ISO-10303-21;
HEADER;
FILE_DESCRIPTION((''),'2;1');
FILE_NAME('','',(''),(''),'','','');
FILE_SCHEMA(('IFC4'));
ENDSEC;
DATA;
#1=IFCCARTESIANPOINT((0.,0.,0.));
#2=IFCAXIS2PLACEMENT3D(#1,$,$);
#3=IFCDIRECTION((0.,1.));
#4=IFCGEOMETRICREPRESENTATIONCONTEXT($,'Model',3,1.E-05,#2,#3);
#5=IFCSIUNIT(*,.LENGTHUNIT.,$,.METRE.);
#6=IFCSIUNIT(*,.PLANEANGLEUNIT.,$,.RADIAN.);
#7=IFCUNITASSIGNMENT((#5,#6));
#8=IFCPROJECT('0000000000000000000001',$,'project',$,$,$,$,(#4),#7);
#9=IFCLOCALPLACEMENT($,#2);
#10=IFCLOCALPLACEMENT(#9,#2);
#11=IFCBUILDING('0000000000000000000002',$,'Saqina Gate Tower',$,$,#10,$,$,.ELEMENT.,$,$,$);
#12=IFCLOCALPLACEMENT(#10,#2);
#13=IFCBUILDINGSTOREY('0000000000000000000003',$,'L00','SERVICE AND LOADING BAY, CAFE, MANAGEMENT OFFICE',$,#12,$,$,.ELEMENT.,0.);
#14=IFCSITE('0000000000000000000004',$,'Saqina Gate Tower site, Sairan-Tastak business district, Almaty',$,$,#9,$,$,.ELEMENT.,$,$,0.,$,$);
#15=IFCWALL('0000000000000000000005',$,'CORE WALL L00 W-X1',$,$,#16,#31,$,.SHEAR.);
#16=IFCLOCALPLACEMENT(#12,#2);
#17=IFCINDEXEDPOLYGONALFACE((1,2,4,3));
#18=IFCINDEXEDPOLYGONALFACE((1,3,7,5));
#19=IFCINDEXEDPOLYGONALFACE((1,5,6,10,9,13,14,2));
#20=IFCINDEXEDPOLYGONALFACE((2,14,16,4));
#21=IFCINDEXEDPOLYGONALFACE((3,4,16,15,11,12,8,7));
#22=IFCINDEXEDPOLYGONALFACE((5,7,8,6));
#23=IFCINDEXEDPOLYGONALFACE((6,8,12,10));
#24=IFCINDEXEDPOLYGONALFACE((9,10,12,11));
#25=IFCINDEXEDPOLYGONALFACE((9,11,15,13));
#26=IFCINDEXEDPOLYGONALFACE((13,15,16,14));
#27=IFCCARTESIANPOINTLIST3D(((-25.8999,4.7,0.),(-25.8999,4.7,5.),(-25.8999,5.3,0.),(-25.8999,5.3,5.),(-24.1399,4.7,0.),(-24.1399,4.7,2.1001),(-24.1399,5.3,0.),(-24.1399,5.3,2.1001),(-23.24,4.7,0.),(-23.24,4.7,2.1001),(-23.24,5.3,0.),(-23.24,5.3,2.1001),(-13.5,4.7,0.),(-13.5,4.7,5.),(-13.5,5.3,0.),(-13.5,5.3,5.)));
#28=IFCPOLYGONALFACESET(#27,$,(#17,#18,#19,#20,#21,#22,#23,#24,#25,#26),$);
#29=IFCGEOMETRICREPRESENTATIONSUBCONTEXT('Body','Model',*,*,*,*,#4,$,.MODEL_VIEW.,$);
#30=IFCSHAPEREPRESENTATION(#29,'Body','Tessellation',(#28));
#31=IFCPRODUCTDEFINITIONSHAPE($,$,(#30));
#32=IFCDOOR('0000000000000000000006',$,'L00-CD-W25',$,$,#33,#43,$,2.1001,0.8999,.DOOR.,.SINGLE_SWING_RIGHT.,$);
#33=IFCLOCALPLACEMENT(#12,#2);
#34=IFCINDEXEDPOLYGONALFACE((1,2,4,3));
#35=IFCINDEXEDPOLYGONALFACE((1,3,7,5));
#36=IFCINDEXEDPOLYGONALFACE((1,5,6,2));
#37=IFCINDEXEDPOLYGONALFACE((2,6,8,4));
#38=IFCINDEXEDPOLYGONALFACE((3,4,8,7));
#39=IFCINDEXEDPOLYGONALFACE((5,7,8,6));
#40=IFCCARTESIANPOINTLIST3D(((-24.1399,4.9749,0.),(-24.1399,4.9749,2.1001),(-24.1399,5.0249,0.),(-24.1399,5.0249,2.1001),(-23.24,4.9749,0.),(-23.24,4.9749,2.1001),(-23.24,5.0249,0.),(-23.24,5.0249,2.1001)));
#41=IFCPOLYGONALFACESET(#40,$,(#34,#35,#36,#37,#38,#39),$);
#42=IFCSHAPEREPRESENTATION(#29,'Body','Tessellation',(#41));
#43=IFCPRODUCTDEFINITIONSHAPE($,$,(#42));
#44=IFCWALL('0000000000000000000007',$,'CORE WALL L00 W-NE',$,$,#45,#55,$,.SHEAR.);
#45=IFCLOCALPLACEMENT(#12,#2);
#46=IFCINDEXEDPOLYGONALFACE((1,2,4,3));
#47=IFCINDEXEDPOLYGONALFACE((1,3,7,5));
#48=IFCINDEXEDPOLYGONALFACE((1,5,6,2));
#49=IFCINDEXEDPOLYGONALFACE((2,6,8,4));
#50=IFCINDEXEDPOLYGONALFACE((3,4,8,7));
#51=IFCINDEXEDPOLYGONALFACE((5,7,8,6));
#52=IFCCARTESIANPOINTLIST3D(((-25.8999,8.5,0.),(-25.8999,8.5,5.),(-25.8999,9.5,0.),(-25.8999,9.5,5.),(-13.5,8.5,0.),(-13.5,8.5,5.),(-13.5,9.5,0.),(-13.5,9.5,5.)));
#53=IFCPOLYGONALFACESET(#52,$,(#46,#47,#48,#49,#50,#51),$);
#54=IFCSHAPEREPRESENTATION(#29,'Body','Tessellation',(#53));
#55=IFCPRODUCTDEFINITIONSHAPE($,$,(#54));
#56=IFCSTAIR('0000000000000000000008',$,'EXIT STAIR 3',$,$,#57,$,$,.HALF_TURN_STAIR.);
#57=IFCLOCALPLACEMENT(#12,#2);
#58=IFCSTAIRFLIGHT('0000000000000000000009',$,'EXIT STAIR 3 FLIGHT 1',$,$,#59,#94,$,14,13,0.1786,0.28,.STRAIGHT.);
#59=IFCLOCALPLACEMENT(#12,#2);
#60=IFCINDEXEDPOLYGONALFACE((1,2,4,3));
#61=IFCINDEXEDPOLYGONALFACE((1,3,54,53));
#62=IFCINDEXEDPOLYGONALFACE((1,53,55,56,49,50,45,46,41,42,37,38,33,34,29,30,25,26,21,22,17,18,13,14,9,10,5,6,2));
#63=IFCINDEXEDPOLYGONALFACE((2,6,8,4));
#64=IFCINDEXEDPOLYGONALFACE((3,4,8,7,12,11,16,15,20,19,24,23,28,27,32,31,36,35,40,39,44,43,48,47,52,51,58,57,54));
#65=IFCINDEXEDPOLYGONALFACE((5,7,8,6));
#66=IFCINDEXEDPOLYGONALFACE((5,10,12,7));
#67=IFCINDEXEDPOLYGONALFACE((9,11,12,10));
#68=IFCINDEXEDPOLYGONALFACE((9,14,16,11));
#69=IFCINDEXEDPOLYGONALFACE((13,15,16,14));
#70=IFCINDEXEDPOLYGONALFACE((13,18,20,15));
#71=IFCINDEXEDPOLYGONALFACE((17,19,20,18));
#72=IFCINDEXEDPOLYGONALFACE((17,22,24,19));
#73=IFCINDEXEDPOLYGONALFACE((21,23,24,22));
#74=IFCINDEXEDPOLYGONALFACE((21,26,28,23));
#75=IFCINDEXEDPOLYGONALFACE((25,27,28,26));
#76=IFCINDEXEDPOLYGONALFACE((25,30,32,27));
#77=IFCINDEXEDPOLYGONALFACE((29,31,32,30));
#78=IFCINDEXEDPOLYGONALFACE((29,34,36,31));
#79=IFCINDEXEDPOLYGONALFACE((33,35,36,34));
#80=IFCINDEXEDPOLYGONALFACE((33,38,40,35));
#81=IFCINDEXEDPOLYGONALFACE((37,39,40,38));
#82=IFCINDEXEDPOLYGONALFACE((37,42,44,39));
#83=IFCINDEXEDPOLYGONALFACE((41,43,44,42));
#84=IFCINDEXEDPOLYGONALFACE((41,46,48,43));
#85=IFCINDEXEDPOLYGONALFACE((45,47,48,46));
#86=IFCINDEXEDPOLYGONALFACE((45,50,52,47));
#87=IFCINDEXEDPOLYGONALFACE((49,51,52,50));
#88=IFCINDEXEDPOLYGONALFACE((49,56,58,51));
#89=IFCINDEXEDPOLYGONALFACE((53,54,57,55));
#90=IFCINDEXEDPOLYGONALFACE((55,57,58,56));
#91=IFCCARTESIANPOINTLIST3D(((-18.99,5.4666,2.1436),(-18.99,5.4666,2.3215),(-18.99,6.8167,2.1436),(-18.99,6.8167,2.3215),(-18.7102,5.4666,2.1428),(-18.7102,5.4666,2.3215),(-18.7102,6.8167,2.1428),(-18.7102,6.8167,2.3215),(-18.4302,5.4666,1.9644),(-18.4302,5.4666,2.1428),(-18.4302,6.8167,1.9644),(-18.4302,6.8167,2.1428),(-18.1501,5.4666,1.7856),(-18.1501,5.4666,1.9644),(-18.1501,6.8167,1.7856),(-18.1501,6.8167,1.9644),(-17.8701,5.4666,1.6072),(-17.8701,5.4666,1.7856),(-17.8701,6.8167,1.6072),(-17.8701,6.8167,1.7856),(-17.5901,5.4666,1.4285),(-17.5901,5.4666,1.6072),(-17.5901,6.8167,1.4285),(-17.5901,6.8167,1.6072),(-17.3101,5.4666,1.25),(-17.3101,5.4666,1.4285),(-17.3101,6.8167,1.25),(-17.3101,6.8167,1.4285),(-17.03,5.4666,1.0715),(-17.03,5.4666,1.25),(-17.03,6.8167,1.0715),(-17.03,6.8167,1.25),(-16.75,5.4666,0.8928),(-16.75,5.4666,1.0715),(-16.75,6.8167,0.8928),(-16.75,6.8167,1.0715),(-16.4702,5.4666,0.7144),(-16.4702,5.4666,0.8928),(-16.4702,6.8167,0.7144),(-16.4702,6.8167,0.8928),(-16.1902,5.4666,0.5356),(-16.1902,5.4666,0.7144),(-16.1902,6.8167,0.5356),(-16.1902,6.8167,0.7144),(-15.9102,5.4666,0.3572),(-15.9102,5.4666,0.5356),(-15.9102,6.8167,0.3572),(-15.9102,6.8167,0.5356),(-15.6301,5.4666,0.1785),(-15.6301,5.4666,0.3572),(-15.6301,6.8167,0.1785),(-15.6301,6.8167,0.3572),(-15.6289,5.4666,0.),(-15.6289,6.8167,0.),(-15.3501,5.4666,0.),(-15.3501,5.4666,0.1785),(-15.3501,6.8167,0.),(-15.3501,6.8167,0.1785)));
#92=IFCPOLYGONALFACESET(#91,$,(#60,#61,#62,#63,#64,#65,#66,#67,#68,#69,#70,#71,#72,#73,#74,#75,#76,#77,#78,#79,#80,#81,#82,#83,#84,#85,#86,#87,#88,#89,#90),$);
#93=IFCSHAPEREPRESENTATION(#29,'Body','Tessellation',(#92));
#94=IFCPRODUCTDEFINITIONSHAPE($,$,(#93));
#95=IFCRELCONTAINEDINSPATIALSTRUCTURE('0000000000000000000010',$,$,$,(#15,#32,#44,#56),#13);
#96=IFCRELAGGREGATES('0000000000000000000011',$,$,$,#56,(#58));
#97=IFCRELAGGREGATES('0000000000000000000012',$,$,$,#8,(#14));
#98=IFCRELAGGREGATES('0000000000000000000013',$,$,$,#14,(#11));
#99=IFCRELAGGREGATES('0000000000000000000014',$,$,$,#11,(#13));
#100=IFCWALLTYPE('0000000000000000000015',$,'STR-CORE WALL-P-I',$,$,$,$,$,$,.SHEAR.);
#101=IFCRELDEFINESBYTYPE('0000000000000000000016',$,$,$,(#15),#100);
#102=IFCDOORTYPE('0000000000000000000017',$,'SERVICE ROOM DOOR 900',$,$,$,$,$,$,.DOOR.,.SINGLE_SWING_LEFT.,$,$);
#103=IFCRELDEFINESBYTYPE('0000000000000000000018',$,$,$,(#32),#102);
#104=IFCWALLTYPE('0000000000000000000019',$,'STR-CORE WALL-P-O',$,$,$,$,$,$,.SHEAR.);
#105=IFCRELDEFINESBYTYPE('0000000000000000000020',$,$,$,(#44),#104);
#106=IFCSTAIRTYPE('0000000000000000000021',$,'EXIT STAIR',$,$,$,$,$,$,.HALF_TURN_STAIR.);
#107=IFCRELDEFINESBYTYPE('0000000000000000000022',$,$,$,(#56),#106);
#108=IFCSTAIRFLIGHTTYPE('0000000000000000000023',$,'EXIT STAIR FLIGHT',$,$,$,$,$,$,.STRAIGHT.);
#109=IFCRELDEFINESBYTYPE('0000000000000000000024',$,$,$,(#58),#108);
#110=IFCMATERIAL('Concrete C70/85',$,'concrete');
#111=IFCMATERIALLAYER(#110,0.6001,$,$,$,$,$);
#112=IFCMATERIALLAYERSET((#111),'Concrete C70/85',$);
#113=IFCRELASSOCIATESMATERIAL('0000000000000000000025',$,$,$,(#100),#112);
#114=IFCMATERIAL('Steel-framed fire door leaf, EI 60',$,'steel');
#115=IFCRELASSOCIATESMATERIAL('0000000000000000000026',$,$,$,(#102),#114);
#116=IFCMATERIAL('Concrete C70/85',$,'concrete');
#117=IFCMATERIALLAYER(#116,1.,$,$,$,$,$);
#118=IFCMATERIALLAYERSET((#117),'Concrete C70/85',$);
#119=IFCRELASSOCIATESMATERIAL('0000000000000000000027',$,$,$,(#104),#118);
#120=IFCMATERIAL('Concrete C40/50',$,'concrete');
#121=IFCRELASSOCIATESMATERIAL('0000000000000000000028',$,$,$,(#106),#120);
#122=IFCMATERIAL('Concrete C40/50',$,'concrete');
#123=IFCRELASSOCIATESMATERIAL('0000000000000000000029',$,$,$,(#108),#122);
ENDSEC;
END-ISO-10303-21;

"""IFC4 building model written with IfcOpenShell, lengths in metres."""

from ifc_helpers import new_model, si_unit, direction, frame, frame_2d, origin, place, context, subcontext, project, spatial, polyline, rectangle, outline, extrude, material, layer, layer_set, type_object, element, fill, aggregate, save


model = new_model("IFC4")

# Units and contexts
model_context = context("Model", 3, precision=1e-05, world=origin(), true_north=direction((0.0, 1.0)))
body_context = subcontext(model_context, "Body", "Model", "MODEL_VIEW")
ifc_project = project(units=[si_unit("LENGTHUNIT", "METRE"), si_unit("PLANEANGLEUNIT", "RADIAN")], contexts=[model_context])

# Site, building, storey
site_placement = place(None, origin())
site = spatial("IfcSite", under=ifc_project, at=site_placement, Name="Saqina Gate Tower site, Sairan-Tastak business district, Almaty", CompositionType="ELEMENT", RefElevation=0.0)
building_placement = place(site_placement, origin())
building = spatial("IfcBuilding", under=site, at=building_placement, Name="Saqina Gate Tower", CompositionType="ELEMENT")
storey_placement = place(building_placement, origin())
storey = spatial("IfcBuildingStorey", under=building, at=storey_placement, Name="L00", Description="SERVICE AND LOADING BAY, CAFE, MANAGEMENT OFFICE", CompositionType="ELEMENT", Elevation=0.0)

# Wall, opening, door
ifc_material_1 = material(Name="Concrete C70/85", Category="concrete")
ifc_layer_1 = layer(ifc_material_1, 0.6001)
ifc_layer_set_1 = layer_set([ifc_layer_1], Name="Concrete C70/85")
wall_type_1 = type_object("IfcWallType", Name="STR-CORE WALL-P-I", PredefinedType="SHEAR", material=ifc_layer_set_1)
wall_1_placement = place(storey_placement, frame((-13.5, 5.0, 0.0), z_axis=(0.0, 0.0, 1.0), x_axis=(-1.0, 0.0, 0.0)))
wall_1 = element("IfcWall", 1, at=wall_1_placement, inside=storey, type_object=wall_type_1, Name="CORE WALL L00 W-X1", PredefinedType="SHEAR", context=body_context, shape_type="SweptSolid", body=[
    extrude(rectangle(XDim=12.3999, YDim=0.6001, at=frame_2d((6.2, 0.0))), origin(), (0.0, 0.0, 1.0), 5.0),
])
opening_1_placement = place(wall_1_placement, frame((9.74, 0.0, 0.0)))
opening_1 = element("IfcOpeningElement", 2, at=opening_1_placement, cuts=wall_1, PredefinedType="OPENING", context=body_context, shape_type="SweptSolid", body=[
    extrude(rectangle(XDim=0.8999, YDim=2.1001, at=frame_2d((0.45, 1.05))), frame((0.0, 0.312, 0.0), z_axis=(0.0, -1.0, 0.0), x_axis=(1.0, 0.0, 0.0)), (0.0, 0.0, 1.0), 0.624),
])
ifc_material_2 = material(Name="Steel-framed fire door leaf, EI 60", Category="steel")
door_type_1 = type_object("IfcDoorType", Name="SERVICE ROOM DOOR 900", OperationType="SINGLE_SWING_LEFT", PredefinedType="DOOR", material=ifc_material_2)
door_1_placement = place(opening_1_placement, frame((0.8999, 0.0, 0.0), z_axis=(0.0, 0.0, 1.0), x_axis=(-1.0, 0.0, 0.0)))
door_1 = element("IfcDoor", 3, at=door_1_placement, inside=storey, type_object=door_type_1, Name="L00-CD-W25", OperationType="SINGLE_SWING_RIGHT", OverallHeight=2.1001, OverallWidth=0.8999, PredefinedType="DOOR", context=body_context, shape_type="SweptSolid", body=[
    extrude(rectangle(XDim=0.8999, YDim=2.1001, at=frame_2d((0.45, 1.05))), frame((0.0, 0.0249, 0.0), z_axis=(0.0, -1.0, 0.0), x_axis=(1.0, 0.0, 0.0)), (0.0, 0.0, 1.0), 0.05),
])
fill(opening_1, door_1)

# Wall
ifc_material_3 = material(Name="Concrete C70/85", Category="concrete")
ifc_layer_2 = layer(ifc_material_3, 1.0)
ifc_layer_set_2 = layer_set([ifc_layer_2], Name="Concrete C70/85")
wall_type_2 = type_object("IfcWallType", Name="STR-CORE WALL-P-O", PredefinedType="SHEAR", material=ifc_layer_set_2)
wall_2_placement = place(storey_placement, frame((-13.5, 9.0, 0.0), z_axis=(0.0, 0.0, 1.0), x_axis=(-1.0, 0.0, 0.0)))
element("IfcWall", 4, at=wall_2_placement, inside=storey, type_object=wall_type_2, Name="CORE WALL L00 W-NE", PredefinedType="SHEAR", context=body_context, shape_type="SweptSolid", body=[
    extrude(rectangle(XDim=12.3999, YDim=1.0, at=frame_2d((6.2, 0.0))), origin(), (0.0, 0.0, 1.0), 5.0),
])

# Stair, stair flight
ifc_material_4 = material(Name="Concrete C40/50", Category="concrete")
stair_type = type_object("IfcStairType", Name="EXIT STAIR", PredefinedType="HALF_TURN_STAIR", material=ifc_material_4)
stair_placement = place(storey_placement, origin())
stair = element("IfcStair", 5, at=stair_placement, inside=storey, type_object=stair_type, Name="EXIT STAIR 3", PredefinedType="HALF_TURN_STAIR")
ifc_material_5 = material(Name="Concrete C40/50", Category="concrete")
stair_flight_type = type_object("IfcStairFlightType", Name="EXIT STAIR FLIGHT", PredefinedType="STRAIGHT", material=ifc_material_5)
stair_flight_placement = place(storey_placement, frame((-15.3501, 6.1416, 0.0), z_axis=(0.0, 0.0, 1.0), x_axis=(-1.0, 0.0, 0.0)))
stair_flight = element("IfcStairFlight", 6, at=stair_flight_placement, type_object=stair_flight_type, Name="EXIT STAIR 3 FLIGHT 1", NumberOfRisers=14, NumberOfTreads=13, PredefinedType="STRAIGHT", RiserHeight=0.1786, TreadLength=0.28, context=body_context, shape_type="SweptSolid", body=[
    extrude(outline(polyline([(0.0, 0.0), (0.0, 0.1785), (0.28, 0.1785), (0.28, 0.3572), (0.5601, 0.3572), (0.5601, 0.5356), (0.8401, 0.5356), (0.8401, 0.7144), (1.1201, 0.7144), (1.1201, 0.8928), (1.3999, 0.8928), (1.3999, 1.0715), (1.6799, 1.0715), (1.6799, 1.25), (1.96, 1.25), (1.96, 1.4285), (2.24, 1.4285), (2.24, 1.6072), (2.52, 1.6072), (2.52, 1.7856), (2.8, 1.7856), (2.8, 1.9644), (3.0801, 1.9644), (3.0801, 2.1428), (3.3601, 2.1428), (3.3601, 2.3215), (3.6399, 2.3215), (3.6399, 2.5), (3.6399, 2.1436), (0.2788, 0.0), (0.0, 0.0)])), frame((0.0, 0.675, 0.0), z_axis=(0.0, -1.0, 0.0), x_axis=(1.0, 0.0, 0.0)), (0.0, 0.0, 1.0), 1.3501),
])
aggregate(stair, [stair_flight])

save(model, "model.ifc")
